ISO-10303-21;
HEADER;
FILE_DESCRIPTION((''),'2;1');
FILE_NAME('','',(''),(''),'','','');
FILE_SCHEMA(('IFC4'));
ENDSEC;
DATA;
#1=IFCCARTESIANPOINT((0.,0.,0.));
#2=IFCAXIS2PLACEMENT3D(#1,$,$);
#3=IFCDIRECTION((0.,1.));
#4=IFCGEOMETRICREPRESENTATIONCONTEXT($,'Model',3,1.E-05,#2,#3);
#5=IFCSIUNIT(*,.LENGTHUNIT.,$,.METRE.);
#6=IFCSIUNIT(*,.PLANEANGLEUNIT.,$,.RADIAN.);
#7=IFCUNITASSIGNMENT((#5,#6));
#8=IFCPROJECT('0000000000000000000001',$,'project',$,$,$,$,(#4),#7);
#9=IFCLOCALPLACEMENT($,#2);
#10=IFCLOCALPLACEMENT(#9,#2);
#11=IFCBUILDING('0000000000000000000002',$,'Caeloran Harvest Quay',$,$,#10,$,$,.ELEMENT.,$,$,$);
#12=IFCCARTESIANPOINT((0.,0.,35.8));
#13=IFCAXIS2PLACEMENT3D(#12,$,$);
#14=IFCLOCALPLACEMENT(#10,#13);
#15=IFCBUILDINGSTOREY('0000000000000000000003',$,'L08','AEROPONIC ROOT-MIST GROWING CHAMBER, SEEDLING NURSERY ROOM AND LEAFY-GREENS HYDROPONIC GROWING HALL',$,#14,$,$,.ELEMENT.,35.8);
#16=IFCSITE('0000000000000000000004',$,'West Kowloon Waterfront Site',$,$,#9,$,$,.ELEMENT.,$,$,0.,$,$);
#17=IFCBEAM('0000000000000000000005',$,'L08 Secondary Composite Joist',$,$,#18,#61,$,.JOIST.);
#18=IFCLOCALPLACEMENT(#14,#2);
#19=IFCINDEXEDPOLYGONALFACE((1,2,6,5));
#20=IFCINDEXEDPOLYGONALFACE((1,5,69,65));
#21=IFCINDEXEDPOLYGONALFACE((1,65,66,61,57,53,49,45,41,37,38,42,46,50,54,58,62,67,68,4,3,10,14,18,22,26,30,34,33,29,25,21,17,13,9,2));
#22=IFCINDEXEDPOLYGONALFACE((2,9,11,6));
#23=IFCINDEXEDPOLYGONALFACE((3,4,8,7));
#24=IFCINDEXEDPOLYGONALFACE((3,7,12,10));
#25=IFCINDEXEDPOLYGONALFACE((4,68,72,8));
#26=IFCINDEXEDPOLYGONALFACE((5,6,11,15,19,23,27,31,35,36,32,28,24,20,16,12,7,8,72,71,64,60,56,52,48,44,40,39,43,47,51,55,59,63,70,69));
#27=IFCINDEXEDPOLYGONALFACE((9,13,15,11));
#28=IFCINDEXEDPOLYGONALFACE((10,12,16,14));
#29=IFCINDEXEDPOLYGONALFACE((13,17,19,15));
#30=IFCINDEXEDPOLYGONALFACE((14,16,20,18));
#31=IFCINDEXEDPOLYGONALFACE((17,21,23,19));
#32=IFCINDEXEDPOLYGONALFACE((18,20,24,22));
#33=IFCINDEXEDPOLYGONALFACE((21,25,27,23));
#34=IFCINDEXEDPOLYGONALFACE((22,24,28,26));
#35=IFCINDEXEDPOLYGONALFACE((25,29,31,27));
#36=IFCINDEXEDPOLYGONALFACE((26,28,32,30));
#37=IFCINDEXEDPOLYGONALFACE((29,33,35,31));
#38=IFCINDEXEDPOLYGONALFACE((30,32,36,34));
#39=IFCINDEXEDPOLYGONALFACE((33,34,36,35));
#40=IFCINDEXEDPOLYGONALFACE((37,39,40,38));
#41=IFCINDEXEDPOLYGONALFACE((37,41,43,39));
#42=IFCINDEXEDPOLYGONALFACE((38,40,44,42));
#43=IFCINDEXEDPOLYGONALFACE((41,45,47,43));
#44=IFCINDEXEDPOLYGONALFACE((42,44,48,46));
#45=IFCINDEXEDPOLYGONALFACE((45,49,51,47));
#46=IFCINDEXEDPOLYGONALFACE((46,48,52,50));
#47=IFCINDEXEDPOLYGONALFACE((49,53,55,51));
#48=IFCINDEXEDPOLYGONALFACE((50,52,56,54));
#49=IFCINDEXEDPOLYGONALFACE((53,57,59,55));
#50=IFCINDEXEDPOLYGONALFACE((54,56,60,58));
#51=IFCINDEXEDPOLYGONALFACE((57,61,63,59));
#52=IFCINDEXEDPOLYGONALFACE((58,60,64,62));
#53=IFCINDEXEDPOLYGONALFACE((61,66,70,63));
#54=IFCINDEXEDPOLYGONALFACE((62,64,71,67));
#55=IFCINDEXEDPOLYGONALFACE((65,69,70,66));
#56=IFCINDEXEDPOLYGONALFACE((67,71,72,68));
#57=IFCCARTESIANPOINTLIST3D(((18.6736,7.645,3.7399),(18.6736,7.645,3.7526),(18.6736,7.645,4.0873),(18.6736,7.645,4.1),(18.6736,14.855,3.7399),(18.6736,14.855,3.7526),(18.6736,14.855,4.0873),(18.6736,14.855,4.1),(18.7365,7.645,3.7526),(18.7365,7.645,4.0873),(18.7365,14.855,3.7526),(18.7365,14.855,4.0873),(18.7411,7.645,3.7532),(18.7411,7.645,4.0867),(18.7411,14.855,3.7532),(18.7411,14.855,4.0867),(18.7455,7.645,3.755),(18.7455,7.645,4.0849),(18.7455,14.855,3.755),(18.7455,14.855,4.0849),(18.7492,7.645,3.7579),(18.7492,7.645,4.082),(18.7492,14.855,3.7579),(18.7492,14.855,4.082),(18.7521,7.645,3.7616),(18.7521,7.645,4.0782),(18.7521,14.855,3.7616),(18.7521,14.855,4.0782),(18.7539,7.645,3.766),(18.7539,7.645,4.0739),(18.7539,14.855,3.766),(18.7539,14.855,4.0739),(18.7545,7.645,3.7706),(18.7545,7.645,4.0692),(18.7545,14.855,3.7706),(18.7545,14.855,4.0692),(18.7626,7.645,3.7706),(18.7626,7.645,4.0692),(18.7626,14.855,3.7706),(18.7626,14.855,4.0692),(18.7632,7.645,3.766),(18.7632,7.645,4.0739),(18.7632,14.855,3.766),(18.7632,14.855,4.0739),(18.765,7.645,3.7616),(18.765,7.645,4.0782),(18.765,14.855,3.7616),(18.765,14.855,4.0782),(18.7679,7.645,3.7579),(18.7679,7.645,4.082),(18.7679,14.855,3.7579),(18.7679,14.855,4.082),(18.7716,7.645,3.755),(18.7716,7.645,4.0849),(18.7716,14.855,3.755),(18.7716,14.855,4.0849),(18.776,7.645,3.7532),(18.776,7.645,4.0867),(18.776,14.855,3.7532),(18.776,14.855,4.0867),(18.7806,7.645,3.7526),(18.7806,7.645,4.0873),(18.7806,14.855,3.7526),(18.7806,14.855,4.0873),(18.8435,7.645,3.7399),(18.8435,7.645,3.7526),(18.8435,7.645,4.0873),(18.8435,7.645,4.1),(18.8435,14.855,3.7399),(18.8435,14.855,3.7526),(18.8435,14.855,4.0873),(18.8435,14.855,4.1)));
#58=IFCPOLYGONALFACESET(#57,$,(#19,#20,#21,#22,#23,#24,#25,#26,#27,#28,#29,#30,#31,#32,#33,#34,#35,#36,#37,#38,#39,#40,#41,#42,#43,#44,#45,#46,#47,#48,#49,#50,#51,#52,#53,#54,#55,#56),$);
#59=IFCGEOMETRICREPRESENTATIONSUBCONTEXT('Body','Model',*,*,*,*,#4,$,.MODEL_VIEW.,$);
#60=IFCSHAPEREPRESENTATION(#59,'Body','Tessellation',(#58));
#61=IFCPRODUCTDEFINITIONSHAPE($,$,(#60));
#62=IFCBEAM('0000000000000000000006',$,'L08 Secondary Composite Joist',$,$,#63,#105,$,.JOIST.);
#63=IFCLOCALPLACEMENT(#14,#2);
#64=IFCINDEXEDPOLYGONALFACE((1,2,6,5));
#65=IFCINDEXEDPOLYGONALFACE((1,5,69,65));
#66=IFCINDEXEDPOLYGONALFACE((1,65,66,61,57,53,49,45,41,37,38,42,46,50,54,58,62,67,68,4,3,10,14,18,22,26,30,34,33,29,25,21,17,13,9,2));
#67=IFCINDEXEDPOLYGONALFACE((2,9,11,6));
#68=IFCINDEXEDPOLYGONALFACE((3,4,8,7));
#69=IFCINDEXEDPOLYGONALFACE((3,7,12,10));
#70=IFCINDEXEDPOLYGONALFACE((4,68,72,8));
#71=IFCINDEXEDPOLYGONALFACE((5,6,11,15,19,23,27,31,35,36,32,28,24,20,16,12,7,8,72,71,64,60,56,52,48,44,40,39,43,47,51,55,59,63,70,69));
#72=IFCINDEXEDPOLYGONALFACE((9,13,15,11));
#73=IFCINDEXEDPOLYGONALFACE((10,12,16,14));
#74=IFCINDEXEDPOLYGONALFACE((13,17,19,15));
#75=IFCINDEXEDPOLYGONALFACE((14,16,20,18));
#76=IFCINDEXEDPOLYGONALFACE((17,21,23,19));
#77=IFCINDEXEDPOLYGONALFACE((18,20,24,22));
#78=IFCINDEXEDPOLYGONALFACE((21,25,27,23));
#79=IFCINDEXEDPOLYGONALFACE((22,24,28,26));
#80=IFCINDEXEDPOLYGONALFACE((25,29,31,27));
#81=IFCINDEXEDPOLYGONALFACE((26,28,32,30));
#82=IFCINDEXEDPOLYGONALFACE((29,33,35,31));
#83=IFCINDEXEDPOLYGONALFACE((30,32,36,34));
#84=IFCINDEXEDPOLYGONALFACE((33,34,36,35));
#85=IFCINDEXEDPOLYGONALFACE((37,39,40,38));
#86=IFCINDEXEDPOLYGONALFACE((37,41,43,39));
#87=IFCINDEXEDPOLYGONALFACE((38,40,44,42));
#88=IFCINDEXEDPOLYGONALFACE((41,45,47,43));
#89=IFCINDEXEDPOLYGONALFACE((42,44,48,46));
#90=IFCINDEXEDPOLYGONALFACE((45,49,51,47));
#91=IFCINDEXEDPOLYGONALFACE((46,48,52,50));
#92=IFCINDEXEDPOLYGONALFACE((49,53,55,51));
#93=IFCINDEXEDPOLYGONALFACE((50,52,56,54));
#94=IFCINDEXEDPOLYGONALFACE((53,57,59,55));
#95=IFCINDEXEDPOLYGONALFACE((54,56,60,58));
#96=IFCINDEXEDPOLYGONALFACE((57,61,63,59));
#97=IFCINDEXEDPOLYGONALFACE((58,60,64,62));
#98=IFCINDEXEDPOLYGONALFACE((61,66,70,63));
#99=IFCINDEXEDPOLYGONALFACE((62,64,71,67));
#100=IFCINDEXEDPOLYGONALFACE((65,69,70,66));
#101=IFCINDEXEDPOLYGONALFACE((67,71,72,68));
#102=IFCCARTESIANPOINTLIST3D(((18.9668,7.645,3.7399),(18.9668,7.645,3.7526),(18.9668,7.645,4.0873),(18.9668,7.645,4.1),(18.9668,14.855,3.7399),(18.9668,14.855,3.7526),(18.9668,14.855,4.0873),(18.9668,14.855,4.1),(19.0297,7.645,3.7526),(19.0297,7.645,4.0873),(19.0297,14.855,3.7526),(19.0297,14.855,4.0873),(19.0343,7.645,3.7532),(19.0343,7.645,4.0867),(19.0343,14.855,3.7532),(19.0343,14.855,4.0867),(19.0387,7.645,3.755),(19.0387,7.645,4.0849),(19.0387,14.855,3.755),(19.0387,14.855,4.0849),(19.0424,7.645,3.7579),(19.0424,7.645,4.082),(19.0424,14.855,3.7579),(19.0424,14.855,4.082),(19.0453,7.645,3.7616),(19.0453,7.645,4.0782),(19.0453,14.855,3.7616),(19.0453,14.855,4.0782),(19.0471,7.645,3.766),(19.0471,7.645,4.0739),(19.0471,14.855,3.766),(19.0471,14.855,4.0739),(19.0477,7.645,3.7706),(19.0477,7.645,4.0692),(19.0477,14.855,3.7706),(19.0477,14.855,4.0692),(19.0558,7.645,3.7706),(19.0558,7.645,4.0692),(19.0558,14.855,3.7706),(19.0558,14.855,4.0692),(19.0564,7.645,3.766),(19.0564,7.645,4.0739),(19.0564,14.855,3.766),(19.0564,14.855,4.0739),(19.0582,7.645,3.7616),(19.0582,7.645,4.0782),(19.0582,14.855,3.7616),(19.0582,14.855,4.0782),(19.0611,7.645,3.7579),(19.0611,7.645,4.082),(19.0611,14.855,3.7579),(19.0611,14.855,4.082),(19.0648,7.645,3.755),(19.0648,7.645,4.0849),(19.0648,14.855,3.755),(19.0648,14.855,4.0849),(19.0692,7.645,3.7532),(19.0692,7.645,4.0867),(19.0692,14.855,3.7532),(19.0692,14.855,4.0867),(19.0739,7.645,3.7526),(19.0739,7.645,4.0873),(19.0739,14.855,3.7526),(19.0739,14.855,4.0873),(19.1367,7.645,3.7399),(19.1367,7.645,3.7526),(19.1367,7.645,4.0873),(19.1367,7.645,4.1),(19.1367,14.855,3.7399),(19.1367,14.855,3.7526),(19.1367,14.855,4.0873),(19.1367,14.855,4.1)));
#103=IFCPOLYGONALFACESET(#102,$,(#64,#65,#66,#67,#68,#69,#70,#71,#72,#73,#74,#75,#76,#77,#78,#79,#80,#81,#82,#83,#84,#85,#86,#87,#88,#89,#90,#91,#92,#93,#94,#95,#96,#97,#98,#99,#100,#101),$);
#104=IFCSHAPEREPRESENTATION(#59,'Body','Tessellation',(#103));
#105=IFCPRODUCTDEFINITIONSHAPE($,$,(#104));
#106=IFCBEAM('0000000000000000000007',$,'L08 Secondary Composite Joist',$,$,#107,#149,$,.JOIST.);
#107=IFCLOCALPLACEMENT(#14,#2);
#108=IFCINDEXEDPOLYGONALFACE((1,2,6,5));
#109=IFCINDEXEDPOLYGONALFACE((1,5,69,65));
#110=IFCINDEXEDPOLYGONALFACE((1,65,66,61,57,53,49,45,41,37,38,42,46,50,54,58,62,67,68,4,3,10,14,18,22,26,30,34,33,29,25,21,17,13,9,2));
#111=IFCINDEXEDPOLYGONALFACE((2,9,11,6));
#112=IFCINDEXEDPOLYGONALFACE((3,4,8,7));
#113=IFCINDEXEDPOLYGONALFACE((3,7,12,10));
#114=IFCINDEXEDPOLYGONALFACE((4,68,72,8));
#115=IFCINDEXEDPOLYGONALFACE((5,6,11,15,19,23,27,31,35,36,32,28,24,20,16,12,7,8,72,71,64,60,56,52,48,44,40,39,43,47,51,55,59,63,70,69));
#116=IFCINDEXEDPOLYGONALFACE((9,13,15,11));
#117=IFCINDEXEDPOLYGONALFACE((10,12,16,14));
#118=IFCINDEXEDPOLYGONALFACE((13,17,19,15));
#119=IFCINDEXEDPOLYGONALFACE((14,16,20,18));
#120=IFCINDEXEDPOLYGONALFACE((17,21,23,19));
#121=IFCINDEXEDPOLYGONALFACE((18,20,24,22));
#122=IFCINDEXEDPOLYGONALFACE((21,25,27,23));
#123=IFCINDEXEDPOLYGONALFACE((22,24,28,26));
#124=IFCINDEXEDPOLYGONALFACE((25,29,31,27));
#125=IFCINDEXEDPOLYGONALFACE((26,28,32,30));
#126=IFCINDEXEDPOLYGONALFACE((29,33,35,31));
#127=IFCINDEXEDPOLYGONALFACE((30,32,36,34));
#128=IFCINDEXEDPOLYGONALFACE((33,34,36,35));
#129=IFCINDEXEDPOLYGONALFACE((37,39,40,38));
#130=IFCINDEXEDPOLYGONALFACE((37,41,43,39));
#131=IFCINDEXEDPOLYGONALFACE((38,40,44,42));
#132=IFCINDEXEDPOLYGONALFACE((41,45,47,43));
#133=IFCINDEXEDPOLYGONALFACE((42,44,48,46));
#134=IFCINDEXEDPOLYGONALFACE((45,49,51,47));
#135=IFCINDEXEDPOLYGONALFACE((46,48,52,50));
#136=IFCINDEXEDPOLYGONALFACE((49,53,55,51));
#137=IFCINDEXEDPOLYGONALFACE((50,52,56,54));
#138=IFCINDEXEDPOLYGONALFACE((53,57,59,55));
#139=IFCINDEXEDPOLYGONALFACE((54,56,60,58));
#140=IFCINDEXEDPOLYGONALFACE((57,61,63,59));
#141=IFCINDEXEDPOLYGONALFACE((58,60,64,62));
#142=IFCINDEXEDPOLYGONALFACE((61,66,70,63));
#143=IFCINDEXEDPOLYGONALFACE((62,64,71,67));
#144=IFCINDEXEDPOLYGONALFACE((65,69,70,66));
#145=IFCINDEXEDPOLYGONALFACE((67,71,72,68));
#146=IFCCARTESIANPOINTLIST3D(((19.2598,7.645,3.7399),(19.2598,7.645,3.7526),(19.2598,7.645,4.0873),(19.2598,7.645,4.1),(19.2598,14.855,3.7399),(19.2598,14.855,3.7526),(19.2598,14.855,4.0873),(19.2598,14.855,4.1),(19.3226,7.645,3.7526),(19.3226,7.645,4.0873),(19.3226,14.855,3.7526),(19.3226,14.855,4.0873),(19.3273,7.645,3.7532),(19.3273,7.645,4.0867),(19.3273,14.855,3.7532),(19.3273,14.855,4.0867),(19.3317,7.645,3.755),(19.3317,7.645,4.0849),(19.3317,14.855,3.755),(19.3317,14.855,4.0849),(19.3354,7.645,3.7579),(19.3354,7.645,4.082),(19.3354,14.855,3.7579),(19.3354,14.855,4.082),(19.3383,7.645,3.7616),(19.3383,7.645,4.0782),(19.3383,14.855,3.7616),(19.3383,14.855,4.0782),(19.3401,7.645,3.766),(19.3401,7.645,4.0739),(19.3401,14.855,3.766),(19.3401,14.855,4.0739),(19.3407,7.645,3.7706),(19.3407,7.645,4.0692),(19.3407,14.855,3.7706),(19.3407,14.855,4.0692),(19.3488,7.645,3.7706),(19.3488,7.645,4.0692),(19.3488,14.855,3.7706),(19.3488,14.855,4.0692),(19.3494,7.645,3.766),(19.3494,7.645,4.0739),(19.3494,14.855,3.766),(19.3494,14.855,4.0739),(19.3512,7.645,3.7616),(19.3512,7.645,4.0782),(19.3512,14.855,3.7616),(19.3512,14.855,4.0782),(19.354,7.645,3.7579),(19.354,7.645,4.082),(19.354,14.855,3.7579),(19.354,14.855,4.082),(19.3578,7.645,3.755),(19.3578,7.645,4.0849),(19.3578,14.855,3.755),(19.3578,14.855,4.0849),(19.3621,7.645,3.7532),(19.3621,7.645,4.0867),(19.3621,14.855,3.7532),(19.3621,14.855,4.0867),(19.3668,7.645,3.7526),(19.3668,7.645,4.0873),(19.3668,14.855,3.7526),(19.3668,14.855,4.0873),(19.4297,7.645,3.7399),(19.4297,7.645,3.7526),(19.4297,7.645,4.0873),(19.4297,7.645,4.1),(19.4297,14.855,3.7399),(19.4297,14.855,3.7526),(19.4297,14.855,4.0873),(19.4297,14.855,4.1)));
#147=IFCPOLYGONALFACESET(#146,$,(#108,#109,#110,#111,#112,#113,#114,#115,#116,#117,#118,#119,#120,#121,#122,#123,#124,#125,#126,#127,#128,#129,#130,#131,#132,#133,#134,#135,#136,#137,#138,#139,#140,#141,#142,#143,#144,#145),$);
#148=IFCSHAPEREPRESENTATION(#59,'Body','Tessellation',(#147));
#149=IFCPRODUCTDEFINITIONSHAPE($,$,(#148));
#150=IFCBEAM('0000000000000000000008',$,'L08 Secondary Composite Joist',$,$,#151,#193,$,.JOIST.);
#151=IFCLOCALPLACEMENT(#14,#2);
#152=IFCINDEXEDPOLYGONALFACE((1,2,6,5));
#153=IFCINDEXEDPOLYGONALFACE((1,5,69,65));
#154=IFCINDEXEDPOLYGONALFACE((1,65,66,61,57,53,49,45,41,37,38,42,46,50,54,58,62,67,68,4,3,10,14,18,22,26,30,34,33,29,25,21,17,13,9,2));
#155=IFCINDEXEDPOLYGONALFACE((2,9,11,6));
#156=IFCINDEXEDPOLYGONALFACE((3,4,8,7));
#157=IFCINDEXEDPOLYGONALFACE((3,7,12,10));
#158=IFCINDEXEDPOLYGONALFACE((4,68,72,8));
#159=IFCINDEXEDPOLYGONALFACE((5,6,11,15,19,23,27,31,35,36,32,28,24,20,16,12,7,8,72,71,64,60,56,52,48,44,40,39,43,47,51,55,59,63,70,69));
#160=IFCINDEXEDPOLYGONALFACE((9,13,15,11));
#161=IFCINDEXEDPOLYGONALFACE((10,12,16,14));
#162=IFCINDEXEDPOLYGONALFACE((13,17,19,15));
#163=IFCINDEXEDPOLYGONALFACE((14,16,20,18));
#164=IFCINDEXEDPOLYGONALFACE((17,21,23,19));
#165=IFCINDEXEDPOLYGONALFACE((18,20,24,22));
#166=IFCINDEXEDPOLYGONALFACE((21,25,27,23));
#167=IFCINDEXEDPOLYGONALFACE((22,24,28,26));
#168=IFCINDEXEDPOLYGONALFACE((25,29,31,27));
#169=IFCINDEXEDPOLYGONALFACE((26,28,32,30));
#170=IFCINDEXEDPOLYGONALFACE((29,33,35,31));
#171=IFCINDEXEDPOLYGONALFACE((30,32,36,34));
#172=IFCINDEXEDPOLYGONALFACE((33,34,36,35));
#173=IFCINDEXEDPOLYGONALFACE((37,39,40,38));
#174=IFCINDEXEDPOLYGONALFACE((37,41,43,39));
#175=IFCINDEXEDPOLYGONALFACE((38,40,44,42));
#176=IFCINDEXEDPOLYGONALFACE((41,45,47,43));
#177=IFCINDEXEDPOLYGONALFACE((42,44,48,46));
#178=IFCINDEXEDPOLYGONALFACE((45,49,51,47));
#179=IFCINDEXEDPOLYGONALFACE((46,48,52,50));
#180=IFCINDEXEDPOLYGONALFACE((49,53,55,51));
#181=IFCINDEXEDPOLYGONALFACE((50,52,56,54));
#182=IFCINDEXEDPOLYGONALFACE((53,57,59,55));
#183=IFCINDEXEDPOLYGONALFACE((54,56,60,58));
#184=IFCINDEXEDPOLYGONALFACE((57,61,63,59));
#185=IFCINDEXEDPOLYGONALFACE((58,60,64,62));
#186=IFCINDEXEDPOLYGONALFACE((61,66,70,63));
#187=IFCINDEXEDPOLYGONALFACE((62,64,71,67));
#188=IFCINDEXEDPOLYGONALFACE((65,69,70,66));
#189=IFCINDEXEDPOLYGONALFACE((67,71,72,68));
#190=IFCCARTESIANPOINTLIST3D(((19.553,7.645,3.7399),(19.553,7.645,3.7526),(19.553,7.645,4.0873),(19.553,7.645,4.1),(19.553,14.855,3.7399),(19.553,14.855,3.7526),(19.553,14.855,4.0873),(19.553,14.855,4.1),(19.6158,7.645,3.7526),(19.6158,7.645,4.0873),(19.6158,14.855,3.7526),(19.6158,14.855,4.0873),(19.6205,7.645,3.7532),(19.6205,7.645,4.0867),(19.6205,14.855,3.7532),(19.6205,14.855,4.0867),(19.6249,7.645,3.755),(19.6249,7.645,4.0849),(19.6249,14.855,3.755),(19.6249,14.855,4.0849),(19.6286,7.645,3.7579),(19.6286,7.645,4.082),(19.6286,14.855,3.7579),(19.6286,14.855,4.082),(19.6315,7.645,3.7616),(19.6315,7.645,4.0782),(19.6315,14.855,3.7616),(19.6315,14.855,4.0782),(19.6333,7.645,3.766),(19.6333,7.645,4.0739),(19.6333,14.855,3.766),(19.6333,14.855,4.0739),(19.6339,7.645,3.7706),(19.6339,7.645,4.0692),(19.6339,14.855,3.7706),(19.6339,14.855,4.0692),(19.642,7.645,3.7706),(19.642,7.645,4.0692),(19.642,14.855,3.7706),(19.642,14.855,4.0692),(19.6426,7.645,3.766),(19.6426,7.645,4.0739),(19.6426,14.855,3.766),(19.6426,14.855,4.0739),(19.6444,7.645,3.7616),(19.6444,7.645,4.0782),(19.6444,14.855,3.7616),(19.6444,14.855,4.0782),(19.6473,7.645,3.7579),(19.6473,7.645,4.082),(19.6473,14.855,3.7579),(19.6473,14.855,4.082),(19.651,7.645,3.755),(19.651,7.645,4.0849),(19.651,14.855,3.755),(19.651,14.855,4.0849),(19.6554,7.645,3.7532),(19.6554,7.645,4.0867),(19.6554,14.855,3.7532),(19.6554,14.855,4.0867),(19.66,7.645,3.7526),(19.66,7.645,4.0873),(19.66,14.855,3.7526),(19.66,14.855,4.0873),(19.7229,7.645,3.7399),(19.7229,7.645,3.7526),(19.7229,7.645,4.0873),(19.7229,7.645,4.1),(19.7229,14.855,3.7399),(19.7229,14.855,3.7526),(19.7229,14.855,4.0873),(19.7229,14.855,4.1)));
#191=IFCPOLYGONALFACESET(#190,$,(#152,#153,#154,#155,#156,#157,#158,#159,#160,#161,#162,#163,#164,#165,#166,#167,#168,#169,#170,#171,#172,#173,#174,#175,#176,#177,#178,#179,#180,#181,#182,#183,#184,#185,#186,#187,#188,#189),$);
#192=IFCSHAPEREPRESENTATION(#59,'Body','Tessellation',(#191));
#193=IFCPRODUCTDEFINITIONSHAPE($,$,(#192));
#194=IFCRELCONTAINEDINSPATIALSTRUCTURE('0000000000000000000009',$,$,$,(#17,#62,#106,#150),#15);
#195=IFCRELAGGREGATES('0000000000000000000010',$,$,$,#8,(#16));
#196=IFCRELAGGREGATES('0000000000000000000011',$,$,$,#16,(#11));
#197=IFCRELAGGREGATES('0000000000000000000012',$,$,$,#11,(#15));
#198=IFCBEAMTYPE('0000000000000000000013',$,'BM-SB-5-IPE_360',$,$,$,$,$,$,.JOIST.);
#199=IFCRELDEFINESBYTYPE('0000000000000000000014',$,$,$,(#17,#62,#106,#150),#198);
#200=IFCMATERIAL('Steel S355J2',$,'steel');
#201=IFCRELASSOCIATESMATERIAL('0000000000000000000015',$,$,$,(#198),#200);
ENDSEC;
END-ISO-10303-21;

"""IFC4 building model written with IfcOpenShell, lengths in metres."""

from ifc_helpers import new_model, si_unit, direction, frame, origin, origin_2d, place, context, subcontext, project, spatial, i_section, extrude, material, material_profile, profile_set, type_object, element, save


model = new_model("IFC4")

# Units and contexts
model_context = context("Model", 3, precision=1e-05, world=origin(), true_north=direction((0.0, 1.0)))
body_context = subcontext(model_context, "Body", "Model", "MODEL_VIEW")
ifc_project = project(units=[si_unit("LENGTHUNIT", "METRE"), si_unit("PLANEANGLEUNIT", "RADIAN")], contexts=[model_context])

# Site, building, storey
site_placement = place(None, origin())
site = spatial("IfcSite", under=ifc_project, at=site_placement, Name="West Kowloon Waterfront Site", CompositionType="ELEMENT", RefElevation=0.0)
building_placement = place(site_placement, origin())
building = spatial("IfcBuilding", under=site, at=building_placement, Name="Caeloran Harvest Quay", CompositionType="ELEMENT")
storey_placement = place(building_placement, frame((0.0, 0.0, 35.8)))
storey = spatial("IfcBuildingStorey", under=building, at=storey_placement, Name="L08", Description="AEROPONIC ROOT-MIST GROWING CHAMBER, SEEDLING NURSERY ROOM AND LEAFY-GREENS HYDROPONIC GROWING HALL", CompositionType="ELEMENT", Elevation=35.8)

# Beams
ifc_material_1 = material(Name="Steel S355J2", Category="steel")
ifc_material_profile_1 = material_profile(ifc_material_1, i_section(OverallWidth=0.1699, OverallDepth=0.3601, WebThickness=0.0081, FlangeThickness=0.0127, FilletRadius=0.0181, at=origin_2d()), Name="IPE 360")
ifc_profile_set_1 = profile_set([ifc_material_profile_1], Name="Steel S355J2")
beam_type_1 = type_object("IfcBeamType", Name="BM-SB-5-IPE_360", PredefinedType="JOIST", material=ifc_profile_set_1)
for number, where, z_axis, x_axis, name in (
    (1, (18.7585, 7.645, 3.9199), (0.0, 1.0, 0.0), (-1.0, 0.0, 0.0), "L08 Secondary Composite Joist"),
    (2, (19.0518, 7.645, 3.9199), (0.0, 1.0, 0.0), (-1.0, 0.0, 0.0), "L08 Secondary Composite Joist"),
    (3, (19.3447, 7.645, 3.9199), (0.0, 1.0, 0.0), (-1.0, 0.0, 0.0), "L08 Secondary Composite Joist"),
    (4, (19.6379, 7.645, 3.9199), (0.0, 1.0, 0.0), (-1.0, 0.0, 0.0), "L08 Secondary Composite Joist"),
):
    element("IfcBeam", number, at=place(storey_placement, frame(where, z_axis=z_axis, x_axis=x_axis)), inside=storey, type_object=beam_type_1, Name=name, PredefinedType="JOIST", context=body_context, shape_type="SweptSolid", body=[
        extrude(i_section(OverallWidth=0.1699, OverallDepth=0.3601, WebThickness=0.0081, FlangeThickness=0.0127, FilletRadius=0.0181, at=origin_2d()), origin(), (0.0, 0.0, 1.0), 7.21),
    ])

save(model, "model.ifc")
